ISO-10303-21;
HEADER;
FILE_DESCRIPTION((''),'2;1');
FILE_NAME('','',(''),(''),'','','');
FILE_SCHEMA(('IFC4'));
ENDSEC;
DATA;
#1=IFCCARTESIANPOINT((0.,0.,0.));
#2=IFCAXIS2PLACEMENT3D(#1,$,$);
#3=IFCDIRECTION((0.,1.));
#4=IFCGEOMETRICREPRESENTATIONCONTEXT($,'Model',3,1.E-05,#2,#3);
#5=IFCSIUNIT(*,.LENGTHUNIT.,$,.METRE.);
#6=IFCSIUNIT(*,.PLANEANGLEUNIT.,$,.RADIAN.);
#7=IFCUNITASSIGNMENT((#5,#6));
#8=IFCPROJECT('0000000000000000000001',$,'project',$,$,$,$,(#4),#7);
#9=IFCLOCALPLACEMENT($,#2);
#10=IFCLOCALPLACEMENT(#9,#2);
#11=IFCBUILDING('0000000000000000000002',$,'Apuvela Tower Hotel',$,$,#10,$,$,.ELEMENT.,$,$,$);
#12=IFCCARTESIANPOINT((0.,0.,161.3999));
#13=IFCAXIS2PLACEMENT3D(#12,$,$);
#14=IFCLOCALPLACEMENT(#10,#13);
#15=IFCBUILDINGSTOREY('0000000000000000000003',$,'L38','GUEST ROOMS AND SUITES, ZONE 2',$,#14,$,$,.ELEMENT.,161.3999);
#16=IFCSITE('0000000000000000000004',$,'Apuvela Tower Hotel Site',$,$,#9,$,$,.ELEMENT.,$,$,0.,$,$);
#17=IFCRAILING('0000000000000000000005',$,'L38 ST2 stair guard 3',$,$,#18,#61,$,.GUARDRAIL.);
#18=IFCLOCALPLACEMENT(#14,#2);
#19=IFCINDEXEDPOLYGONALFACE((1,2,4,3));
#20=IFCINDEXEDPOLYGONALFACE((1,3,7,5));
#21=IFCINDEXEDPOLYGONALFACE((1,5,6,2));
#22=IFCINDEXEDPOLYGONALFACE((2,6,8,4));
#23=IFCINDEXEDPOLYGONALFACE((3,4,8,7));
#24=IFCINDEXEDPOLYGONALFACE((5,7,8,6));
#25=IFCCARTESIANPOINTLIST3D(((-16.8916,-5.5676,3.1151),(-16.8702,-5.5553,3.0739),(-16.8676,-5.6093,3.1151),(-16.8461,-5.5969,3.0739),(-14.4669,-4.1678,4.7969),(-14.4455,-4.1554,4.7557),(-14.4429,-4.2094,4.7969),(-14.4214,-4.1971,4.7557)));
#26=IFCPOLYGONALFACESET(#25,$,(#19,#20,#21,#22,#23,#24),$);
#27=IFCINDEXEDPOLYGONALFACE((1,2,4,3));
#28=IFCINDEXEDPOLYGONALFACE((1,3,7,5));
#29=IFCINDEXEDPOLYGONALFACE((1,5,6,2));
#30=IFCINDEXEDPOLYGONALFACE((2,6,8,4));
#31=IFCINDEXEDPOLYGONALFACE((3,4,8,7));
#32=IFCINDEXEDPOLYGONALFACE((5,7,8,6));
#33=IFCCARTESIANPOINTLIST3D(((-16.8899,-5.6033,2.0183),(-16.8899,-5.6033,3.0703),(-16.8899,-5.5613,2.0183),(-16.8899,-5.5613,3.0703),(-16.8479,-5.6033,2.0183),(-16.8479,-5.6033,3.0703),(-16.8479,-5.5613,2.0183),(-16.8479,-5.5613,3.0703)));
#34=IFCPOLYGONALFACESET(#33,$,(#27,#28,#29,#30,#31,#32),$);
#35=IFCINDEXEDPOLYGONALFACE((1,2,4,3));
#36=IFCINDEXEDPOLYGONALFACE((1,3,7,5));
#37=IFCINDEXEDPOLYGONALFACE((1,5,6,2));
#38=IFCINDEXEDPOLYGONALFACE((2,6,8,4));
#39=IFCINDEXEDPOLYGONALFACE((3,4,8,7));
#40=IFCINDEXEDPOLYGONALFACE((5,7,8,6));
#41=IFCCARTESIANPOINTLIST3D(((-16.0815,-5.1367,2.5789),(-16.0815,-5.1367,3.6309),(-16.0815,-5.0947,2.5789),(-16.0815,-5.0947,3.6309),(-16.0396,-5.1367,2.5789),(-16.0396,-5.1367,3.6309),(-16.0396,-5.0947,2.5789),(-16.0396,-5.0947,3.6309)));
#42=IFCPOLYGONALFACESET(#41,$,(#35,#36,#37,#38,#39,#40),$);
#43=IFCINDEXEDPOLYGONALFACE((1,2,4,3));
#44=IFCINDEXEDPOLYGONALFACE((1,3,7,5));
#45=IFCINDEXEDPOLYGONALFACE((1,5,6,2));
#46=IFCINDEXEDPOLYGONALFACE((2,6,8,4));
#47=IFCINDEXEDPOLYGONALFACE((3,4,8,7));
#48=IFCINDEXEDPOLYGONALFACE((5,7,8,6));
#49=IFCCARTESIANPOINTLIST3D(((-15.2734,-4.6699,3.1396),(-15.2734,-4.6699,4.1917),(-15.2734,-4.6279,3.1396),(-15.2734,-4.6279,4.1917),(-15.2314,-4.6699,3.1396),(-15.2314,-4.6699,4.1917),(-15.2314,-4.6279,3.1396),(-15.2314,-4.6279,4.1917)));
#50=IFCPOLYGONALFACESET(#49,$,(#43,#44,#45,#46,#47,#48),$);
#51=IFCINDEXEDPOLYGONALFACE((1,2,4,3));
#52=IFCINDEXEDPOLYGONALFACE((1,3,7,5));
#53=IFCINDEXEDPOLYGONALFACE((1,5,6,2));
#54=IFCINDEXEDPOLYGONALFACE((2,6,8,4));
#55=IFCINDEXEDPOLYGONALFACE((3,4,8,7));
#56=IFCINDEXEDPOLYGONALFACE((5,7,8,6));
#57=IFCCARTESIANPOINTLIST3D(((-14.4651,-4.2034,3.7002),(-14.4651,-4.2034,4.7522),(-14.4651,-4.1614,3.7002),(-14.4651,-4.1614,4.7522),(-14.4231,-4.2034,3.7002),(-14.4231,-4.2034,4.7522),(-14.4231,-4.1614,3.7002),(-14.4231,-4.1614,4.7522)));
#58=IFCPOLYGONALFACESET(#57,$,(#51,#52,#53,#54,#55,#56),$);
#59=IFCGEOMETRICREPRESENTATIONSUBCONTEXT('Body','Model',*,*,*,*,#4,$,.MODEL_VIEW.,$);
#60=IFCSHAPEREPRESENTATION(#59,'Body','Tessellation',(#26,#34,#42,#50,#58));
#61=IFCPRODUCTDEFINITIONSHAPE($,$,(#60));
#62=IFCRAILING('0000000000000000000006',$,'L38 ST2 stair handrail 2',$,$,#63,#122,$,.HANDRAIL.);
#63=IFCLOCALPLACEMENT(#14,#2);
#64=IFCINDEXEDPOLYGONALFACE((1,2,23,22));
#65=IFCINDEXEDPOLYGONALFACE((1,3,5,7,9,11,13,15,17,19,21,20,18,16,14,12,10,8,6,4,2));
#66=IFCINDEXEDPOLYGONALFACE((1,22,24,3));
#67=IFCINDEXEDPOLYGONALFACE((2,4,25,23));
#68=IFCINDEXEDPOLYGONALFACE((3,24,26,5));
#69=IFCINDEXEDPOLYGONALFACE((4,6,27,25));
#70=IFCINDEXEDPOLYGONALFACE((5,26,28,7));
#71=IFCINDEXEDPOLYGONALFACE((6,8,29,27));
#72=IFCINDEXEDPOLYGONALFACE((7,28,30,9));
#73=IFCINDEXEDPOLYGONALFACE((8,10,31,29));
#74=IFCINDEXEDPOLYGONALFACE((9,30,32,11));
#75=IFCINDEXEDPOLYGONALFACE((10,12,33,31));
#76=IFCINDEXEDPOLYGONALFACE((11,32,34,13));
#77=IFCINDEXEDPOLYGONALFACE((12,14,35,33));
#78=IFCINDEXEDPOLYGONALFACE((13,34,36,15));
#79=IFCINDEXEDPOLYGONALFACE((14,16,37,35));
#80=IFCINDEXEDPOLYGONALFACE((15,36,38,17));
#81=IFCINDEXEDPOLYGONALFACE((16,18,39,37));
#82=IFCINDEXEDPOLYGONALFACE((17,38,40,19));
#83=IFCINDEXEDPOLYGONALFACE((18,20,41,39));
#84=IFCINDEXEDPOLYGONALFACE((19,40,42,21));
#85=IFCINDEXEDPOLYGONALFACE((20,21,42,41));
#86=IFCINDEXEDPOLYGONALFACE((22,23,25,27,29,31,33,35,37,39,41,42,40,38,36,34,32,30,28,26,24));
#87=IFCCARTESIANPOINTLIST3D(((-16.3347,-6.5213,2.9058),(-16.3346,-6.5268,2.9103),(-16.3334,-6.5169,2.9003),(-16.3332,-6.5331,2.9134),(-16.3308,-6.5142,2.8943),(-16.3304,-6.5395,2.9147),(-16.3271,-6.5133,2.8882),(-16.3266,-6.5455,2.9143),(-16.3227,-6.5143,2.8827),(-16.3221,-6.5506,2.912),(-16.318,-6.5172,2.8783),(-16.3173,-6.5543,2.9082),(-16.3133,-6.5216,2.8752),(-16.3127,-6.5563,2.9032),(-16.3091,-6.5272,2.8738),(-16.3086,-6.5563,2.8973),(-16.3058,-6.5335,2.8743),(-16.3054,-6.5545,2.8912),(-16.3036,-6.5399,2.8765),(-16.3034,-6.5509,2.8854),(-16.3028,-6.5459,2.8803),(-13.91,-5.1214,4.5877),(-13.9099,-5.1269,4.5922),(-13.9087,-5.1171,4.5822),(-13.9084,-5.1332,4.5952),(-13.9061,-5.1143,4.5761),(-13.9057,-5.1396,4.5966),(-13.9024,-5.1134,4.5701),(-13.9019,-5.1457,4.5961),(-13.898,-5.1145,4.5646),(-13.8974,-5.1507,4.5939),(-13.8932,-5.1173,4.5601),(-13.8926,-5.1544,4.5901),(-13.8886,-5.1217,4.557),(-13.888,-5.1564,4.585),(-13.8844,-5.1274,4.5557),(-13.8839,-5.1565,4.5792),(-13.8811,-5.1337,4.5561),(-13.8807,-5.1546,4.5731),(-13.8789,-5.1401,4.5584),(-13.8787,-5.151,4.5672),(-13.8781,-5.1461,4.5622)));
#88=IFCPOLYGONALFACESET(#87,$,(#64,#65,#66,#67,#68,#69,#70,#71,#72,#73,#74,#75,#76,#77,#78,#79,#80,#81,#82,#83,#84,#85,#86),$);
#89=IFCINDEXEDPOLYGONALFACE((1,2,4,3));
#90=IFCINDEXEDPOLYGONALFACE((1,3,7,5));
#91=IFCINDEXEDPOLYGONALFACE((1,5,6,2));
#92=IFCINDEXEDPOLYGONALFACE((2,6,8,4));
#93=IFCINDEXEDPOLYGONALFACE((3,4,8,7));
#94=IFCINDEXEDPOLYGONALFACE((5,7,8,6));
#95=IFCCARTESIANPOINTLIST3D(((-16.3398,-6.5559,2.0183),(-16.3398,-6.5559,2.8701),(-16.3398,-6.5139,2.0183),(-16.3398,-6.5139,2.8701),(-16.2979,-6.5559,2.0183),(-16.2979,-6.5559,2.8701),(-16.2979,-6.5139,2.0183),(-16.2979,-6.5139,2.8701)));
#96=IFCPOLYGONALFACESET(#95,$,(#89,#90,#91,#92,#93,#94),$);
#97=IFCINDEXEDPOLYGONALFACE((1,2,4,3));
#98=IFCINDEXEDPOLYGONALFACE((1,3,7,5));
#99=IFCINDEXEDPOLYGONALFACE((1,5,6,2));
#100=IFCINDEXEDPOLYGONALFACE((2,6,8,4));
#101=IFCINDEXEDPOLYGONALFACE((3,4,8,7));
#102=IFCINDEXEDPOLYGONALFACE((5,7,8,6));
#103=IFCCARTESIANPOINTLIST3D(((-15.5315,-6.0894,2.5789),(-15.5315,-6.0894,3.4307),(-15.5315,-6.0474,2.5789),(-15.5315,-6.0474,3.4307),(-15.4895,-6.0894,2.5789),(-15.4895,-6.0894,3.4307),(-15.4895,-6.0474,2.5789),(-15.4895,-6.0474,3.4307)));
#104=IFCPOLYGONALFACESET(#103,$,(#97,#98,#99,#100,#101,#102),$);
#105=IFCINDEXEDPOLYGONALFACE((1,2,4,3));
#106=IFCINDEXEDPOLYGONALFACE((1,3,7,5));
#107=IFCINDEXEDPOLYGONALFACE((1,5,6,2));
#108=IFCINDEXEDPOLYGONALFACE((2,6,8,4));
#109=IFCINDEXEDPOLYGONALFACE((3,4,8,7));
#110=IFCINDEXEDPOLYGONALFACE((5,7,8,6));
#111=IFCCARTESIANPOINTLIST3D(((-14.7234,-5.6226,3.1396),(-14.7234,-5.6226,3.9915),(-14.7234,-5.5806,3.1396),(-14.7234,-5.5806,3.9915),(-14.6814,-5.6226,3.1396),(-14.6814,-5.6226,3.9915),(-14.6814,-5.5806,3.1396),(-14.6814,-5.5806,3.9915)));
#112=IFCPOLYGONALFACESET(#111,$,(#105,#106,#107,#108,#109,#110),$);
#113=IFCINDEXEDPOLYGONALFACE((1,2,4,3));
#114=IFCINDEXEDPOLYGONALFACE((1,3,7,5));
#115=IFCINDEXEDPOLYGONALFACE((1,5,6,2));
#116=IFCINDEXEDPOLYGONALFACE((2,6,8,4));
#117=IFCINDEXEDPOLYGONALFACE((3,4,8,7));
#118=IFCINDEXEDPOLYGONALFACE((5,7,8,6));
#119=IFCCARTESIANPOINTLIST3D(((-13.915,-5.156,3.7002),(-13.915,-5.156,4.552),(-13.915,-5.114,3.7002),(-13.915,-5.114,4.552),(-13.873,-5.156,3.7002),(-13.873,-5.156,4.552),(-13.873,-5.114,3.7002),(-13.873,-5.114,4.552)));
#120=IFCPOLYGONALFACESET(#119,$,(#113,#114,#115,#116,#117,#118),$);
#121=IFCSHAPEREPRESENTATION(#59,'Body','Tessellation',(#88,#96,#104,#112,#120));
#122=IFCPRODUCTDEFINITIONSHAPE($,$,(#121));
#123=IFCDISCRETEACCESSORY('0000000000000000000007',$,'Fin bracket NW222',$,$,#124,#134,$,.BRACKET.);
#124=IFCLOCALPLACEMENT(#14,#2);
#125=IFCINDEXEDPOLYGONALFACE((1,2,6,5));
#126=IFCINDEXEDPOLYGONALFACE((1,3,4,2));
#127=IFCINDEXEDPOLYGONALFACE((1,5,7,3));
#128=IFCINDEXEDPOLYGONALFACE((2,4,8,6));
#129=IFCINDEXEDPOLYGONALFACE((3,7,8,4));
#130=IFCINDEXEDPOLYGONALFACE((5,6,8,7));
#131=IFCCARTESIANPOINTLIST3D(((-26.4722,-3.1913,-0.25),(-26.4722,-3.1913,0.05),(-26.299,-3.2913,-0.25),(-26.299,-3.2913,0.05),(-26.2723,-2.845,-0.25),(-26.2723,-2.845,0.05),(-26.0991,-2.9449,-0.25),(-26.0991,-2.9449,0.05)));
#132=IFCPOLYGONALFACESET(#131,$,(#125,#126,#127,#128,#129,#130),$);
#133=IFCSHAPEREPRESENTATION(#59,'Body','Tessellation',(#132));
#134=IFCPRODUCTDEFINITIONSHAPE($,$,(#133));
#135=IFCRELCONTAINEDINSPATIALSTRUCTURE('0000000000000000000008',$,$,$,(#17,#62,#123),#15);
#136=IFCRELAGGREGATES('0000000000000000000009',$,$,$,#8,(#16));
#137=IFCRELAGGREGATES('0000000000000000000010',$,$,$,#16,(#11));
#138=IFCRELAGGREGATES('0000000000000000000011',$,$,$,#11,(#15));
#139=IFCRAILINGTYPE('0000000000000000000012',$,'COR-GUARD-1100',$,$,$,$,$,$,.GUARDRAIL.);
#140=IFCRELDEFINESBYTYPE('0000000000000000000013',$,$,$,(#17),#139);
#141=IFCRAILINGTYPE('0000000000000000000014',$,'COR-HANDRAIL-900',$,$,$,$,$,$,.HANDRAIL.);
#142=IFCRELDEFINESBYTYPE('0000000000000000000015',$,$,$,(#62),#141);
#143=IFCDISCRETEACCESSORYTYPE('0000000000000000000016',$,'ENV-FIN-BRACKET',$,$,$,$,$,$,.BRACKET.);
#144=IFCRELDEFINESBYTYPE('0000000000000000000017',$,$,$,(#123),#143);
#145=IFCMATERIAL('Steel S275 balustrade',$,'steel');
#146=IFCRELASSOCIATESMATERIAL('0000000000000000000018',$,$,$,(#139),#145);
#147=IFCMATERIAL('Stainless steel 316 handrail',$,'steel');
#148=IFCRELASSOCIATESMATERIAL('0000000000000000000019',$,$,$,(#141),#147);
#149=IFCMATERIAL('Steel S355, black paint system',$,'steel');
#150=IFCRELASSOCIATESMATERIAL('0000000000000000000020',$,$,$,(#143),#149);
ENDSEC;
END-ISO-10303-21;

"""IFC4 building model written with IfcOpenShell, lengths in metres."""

from ifc_helpers import new_model, si_unit, direction, frame, origin, origin_2d, place, context, subcontext, project, spatial, rectangle, circle, extrude, material, type_object, element, save


model = new_model("IFC4")

# Units and contexts
model_context = context("Model", 3, precision=1e-05, world=origin(), true_north=direction((0.0, 1.0)))
body_context = subcontext(model_context, "Body", "Model", "MODEL_VIEW")
ifc_project = project(units=[si_unit("LENGTHUNIT", "METRE"), si_unit("PLANEANGLEUNIT", "RADIAN")], contexts=[model_context])

# Site, building, storey
site_placement = place(None, origin())
site = spatial("IfcSite", under=ifc_project, at=site_placement, Name="Apuvela Tower Hotel Site", CompositionType="ELEMENT", RefElevation=0.0)
building_placement = place(site_placement, origin())
building = spatial("IfcBuilding", under=site, at=building_placement, Name="Apuvela Tower Hotel", CompositionType="ELEMENT")
storey_placement = place(building_placement, frame((0.0, 0.0, 161.3999)))
storey = spatial("IfcBuildingStorey", under=building, at=storey_placement, Name="L38", Description="GUEST ROOMS AND SUITES, ZONE 2", CompositionType="ELEMENT", Elevation=161.3999)

# Railings
ifc_material_1 = material(Name="Steel S275 balustrade", Category="steel")
railing_type_1 = type_object("IfcRailingType", Name="COR-GUARD-1100", PredefinedType="GUARDRAIL", material=ifc_material_1)
railing_1_placement = place(storey_placement, frame((-16.8689, -5.5823, 2.0183)))
element("IfcRailing", 1, at=railing_1_placement, inside=storey, type_object=railing_type_1, Name="L38 ST2 stair guard 3", PredefinedType="GUARDRAIL", context=body_context, shape_type="SweptSolid", body=[
    extrude(rectangle(XDim=0.0481, YDim=0.0481, at=origin_2d()), frame((0.0, 0.0, 1.0762), z_axis=(0.74239, 0.428601, 0.514934), x_axis=(-0.499984, 0.866035, 0.0)), (0.0, 0.0, 1.0), 3.2661),
    extrude(rectangle(XDim=0.042, YDim=0.042, at=origin_2d()), origin(), (0.0, 0.0, 1.0), 1.052),
    extrude(rectangle(XDim=0.042, YDim=0.042, at=origin_2d()), frame((0.8083, 0.4666, 0.5605)), (0.0, 0.0, 1.0), 1.052),
    extrude(rectangle(XDim=0.042, YDim=0.042, at=origin_2d()), frame((1.6165, 0.9333, 1.1213)), (0.0, 0.0, 1.0), 1.052),
    extrude(rectangle(XDim=0.042, YDim=0.042, at=origin_2d()), frame((2.4248, 1.3999, 1.6819)), (0.0, 0.0, 1.0), 1.052),
])
ifc_material_2 = material(Name="Stainless steel 316 handrail", Category="steel")
railing_type_2 = type_object("IfcRailingType", Name="COR-HANDRAIL-900", PredefinedType="HANDRAIL", material=ifc_material_2)
railing_2_placement = place(storey_placement, frame((-16.3188, -6.5349, 2.0183)))
element("IfcRailing", 2, at=railing_2_placement, inside=storey, type_object=railing_type_2, Name="L38 ST2 stair handrail 2", PredefinedType="HANDRAIL", context=body_context, shape_type="SweptSolid", body=[
    extrude(circle(Radius=0.0239, at=origin_2d()), frame((0.0, 0.0, 0.876), z_axis=(0.74239, 0.428601, 0.514934), x_axis=(-0.499984, 0.866035, 0.0)), (0.0, 0.0, 1.0), 3.2661),
    extrude(rectangle(XDim=0.042, YDim=0.042, at=origin_2d()), origin(), (0.0, 0.0, 1.0), 0.8518),
    extrude(rectangle(XDim=0.042, YDim=0.042, at=origin_2d()), frame((0.8083, 0.4666, 0.5605)), (0.0, 0.0, 1.0), 0.8518),
    extrude(rectangle(XDim=0.042, YDim=0.042, at=origin_2d()), frame((1.6165, 0.9333, 1.1213)), (0.0, 0.0, 1.0), 0.8518),
    extrude(rectangle(XDim=0.042, YDim=0.042, at=origin_2d()), frame((2.4248, 1.3999, 1.6819)), (0.0, 0.0, 1.0), 0.8518),
])

# Discrete accessory
ifc_material_3 = material(Name="Steel S355, black paint system", Category="steel")
discrete_accessory_type = type_object("IfcDiscreteAccessoryType", Name="ENV-FIN-BRACKET", PredefinedType="BRACKET", material=ifc_material_3)
discrete_accessory_placement = place(storey_placement, frame((-26.2856, -3.0681, -0.25), z_axis=(0.0, 0.0, 1.0), x_axis=(-0.5, -0.866025, 0.0)))
element("IfcDiscreteAccessory", 3, at=discrete_accessory_placement, inside=storey, type_object=discrete_accessory_type, Name="Fin bracket NW222", PredefinedType="BRACKET", context=body_context, shape_type="SweptSolid", body=[
    extrude(rectangle(XDim=0.3999, YDim=0.2, at=origin_2d()), origin(), (0.0, 0.0, 1.0), 0.3),
])

save(model, "model.ifc")
